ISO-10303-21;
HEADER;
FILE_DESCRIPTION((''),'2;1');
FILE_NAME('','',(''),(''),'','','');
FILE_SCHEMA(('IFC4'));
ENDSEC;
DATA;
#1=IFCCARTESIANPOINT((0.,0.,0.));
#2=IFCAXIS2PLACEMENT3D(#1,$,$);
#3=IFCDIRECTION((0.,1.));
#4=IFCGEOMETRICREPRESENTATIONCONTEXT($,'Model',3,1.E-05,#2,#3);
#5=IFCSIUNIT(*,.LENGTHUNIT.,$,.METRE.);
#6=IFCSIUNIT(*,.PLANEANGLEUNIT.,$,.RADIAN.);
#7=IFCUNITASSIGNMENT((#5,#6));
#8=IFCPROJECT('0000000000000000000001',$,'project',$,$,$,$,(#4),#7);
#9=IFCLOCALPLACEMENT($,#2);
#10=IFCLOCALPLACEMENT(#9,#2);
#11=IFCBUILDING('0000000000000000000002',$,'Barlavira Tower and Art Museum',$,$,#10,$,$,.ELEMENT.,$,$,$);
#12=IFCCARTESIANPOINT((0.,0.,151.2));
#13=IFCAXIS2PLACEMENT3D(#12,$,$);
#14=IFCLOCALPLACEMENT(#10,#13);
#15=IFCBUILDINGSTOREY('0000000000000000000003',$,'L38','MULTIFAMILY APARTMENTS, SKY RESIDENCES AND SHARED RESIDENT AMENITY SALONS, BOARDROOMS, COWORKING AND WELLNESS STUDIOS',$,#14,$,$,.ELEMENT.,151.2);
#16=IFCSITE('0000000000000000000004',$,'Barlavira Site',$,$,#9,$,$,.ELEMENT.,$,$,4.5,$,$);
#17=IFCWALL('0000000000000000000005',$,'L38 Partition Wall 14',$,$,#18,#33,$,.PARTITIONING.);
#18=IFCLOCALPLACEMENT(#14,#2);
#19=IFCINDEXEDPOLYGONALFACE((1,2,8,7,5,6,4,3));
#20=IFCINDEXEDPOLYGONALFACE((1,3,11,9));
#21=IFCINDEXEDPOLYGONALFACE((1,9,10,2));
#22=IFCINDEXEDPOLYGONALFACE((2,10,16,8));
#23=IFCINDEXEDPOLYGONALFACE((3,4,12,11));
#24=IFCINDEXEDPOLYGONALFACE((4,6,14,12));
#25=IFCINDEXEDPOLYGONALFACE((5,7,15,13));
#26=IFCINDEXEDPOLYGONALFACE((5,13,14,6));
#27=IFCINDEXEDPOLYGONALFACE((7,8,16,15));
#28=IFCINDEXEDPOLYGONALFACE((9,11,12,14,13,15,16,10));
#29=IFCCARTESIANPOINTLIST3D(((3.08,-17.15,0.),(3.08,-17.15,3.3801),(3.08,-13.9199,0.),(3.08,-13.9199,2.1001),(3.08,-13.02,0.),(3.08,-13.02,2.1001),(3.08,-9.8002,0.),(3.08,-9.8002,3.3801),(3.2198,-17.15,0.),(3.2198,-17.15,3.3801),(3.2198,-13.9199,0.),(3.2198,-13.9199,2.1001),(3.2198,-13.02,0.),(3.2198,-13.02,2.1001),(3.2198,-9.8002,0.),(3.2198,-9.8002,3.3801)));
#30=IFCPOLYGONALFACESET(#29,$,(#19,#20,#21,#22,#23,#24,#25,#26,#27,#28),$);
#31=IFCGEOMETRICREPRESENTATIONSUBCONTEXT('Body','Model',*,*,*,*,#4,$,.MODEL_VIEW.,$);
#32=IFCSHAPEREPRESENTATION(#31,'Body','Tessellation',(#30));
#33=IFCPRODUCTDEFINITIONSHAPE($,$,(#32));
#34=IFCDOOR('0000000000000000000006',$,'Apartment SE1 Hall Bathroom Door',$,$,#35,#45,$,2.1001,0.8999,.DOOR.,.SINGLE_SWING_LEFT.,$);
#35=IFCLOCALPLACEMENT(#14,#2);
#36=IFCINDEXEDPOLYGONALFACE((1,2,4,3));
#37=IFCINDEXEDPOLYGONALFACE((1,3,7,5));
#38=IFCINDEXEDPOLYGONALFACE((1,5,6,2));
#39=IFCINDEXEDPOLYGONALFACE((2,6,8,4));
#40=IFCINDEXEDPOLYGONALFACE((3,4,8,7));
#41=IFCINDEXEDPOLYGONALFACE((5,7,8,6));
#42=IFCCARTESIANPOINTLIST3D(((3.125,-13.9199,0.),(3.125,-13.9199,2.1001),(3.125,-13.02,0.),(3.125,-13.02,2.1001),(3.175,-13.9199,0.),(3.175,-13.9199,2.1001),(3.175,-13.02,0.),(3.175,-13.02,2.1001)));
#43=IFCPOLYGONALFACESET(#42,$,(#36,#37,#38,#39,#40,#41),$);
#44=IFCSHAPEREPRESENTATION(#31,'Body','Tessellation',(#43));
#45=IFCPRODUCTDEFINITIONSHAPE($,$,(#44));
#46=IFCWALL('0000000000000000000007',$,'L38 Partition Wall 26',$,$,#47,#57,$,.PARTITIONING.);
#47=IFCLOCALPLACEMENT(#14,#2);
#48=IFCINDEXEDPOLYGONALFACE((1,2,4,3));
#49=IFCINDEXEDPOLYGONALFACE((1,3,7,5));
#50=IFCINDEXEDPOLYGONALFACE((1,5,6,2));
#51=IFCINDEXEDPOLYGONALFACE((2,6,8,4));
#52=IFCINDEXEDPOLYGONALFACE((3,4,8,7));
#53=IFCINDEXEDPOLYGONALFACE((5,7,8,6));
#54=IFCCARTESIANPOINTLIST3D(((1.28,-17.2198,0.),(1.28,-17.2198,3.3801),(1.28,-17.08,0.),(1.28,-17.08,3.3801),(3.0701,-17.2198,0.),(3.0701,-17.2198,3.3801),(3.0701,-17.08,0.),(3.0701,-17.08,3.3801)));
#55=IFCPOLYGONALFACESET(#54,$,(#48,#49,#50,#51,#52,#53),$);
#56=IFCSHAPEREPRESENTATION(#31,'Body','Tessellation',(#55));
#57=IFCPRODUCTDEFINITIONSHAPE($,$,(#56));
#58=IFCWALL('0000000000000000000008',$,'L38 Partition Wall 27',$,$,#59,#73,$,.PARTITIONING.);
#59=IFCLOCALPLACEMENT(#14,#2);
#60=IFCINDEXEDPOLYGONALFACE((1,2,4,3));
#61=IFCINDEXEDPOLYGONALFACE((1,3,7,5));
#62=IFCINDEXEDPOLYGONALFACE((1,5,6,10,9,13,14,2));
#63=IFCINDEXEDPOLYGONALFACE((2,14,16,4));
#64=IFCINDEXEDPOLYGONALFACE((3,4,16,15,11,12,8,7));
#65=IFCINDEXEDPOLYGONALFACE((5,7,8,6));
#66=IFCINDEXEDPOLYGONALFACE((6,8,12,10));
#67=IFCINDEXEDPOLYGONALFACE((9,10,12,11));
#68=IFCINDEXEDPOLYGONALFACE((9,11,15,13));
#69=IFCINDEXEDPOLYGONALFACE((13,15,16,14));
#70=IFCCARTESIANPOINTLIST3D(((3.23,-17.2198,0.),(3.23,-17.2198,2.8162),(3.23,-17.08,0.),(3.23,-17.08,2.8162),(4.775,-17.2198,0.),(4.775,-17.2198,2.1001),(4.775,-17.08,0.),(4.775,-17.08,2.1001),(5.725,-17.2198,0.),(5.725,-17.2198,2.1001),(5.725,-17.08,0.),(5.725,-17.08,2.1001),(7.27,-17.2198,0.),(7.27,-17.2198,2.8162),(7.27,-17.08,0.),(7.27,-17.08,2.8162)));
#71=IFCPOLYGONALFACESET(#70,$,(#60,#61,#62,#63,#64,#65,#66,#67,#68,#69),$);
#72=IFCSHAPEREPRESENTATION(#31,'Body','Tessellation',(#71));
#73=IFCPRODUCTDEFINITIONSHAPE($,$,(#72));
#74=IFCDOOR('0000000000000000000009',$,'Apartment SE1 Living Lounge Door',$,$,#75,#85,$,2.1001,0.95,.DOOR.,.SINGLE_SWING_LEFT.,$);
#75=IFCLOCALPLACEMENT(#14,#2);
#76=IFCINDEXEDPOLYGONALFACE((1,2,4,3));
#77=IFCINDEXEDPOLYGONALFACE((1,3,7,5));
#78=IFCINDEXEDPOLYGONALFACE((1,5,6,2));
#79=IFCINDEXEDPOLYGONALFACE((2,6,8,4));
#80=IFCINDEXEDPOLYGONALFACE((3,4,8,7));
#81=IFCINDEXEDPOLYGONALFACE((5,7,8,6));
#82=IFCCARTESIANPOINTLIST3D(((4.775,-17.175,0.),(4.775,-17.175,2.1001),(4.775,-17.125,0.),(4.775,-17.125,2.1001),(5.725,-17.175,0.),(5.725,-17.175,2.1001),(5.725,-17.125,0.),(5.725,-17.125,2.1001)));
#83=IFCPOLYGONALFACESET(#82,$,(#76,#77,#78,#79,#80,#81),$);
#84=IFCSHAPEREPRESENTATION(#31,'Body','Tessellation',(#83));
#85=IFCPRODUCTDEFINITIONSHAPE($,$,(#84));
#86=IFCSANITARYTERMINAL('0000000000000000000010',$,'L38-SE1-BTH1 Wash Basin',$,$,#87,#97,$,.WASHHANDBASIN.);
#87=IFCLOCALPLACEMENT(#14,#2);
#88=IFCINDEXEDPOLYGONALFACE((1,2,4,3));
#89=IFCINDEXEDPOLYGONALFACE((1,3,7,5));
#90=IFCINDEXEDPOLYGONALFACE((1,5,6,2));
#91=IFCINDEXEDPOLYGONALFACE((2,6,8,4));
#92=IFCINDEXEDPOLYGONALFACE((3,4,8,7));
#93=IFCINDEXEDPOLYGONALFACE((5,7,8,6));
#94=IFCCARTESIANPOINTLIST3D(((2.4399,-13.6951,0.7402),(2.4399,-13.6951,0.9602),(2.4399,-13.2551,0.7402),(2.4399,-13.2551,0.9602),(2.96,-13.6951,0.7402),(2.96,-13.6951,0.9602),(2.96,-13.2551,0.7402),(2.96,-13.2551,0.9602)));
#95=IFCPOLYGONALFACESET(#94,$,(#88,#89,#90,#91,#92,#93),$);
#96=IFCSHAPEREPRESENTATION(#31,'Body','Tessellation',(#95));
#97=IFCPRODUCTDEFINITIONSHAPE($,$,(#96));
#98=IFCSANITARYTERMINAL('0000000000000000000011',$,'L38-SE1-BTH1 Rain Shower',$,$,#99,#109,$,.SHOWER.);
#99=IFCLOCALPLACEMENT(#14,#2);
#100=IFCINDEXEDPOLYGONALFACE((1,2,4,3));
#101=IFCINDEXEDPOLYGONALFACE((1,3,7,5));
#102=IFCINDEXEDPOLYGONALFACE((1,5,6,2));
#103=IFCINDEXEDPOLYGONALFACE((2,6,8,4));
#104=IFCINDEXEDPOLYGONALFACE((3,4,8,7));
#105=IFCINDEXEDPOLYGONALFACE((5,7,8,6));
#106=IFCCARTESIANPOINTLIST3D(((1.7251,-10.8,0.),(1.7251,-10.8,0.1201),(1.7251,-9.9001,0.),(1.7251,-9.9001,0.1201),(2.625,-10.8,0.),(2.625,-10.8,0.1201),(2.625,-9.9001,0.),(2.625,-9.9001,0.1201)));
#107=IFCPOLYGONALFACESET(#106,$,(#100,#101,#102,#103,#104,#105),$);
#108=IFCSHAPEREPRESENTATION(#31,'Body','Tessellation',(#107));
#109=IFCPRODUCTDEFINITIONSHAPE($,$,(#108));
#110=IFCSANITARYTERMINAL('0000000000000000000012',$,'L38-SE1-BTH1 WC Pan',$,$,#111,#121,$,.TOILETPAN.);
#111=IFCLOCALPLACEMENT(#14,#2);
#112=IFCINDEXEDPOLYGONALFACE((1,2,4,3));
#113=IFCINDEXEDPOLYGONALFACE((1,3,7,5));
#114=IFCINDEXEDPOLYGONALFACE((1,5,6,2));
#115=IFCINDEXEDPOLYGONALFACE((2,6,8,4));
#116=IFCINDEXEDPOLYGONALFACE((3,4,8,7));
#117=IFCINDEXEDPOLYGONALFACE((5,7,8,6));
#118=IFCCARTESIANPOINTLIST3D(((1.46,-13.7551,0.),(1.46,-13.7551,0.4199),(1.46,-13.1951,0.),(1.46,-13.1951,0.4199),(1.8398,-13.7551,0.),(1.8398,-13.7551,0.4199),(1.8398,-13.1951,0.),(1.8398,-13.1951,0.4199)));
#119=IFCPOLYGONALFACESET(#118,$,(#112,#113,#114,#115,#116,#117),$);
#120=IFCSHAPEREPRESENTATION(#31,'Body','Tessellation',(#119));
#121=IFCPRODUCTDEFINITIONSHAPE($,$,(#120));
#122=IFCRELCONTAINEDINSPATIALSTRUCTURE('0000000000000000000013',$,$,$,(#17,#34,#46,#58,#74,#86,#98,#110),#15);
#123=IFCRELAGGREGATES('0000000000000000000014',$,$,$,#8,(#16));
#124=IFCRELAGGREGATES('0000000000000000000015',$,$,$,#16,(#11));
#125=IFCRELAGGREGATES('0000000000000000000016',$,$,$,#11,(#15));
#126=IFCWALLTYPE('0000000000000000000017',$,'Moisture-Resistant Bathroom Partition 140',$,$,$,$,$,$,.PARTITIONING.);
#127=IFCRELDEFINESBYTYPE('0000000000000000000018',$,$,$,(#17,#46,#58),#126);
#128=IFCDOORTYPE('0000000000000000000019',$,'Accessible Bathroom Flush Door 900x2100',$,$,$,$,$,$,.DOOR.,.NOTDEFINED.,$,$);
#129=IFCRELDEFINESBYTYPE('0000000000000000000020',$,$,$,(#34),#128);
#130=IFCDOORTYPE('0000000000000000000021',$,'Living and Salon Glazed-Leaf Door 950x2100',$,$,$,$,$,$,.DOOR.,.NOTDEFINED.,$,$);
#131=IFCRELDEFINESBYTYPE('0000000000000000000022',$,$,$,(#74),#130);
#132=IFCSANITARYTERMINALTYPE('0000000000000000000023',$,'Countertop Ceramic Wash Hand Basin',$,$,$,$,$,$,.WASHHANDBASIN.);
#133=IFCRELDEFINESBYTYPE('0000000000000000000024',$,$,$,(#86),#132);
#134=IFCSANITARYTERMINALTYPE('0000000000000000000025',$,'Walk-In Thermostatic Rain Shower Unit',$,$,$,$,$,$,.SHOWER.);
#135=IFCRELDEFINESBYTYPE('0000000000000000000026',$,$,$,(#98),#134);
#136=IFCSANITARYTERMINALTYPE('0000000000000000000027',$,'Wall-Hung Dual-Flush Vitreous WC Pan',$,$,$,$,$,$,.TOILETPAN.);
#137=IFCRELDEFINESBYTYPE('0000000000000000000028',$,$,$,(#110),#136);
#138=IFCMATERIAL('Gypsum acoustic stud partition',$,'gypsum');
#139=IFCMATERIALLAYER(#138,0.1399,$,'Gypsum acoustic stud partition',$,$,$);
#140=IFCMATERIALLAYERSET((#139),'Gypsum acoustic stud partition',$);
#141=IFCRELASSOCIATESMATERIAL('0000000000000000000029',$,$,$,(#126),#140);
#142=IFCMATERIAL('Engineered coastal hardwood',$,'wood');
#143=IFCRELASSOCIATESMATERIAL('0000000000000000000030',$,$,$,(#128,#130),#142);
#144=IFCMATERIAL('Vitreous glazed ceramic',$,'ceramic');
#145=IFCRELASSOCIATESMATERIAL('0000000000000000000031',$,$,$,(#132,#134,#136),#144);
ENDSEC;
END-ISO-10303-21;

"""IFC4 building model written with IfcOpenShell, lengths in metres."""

from ifc_helpers import new_model, si_unit, direction, frame, frame_2d, origin, origin_2d, place, context, subcontext, project, spatial, rectangle, extrude, material, layer, layer_set, type_object, element, fill, save


model = new_model("IFC4")

# Units and contexts
model_context = context("Model", 3, precision=1e-05, world=origin(), true_north=direction((0.0, 1.0)))
body_context = subcontext(model_context, "Body", "Model", "MODEL_VIEW")
ifc_project = project(units=[si_unit("LENGTHUNIT", "METRE"), si_unit("PLANEANGLEUNIT", "RADIAN")], contexts=[model_context])

# Site, building, storey
site_placement = place(None, origin())
site = spatial("IfcSite", under=ifc_project, at=site_placement, Name="Barlavira Site", CompositionType="ELEMENT", RefElevation=4.5)
building_placement = place(site_placement, origin())
building = spatial("IfcBuilding", under=site, at=building_placement, Name="Barlavira Tower and Art Museum", CompositionType="ELEMENT")
storey_placement = place(building_placement, frame((0.0, 0.0, 151.2)))
storey = spatial("IfcBuildingStorey", under=building, at=storey_placement, Name="L38", Description="MULTIFAMILY APARTMENTS, SKY RESIDENCES AND SHARED RESIDENT AMENITY SALONS, BOARDROOMS, COWORKING AND WELLNESS STUDIOS", CompositionType="ELEMENT", Elevation=151.2)

# Shared definitions
ifc_material_1 = material(Name="Gypsum acoustic stud partition", Category="gypsum")

# Wall, opening, door
ifc_layer_1 = layer(ifc_material_1, 0.1399, Name="Gypsum acoustic stud partition")
ifc_layer_set_1 = layer_set([ifc_layer_1], Name="Gypsum acoustic stud partition")
wall_type_1 = type_object("IfcWallType", Name="Moisture-Resistant Bathroom Partition 140", PredefinedType="PARTITIONING", material=ifc_layer_set_1)
wall_1_placement = place(storey_placement, frame((3.1499, -17.1499, 0.0), z_axis=(0.0, 0.0, 1.0), x_axis=(0.0, 1.0, 0.0)))
wall_1 = element("IfcWall", 1, at=wall_1_placement, inside=storey, type_object=wall_type_1, Name="L38 Partition Wall 14", PredefinedType="PARTITIONING", context=body_context, shape_type="SweptSolid", body=[
    extrude(rectangle(XDim=7.3499, YDim=0.1399, at=frame_2d((3.6748, 0.0))), origin(), (0.0, 0.0, 1.0), 3.3801),
])
opening_1_placement = place(wall_1_placement, frame((3.23, 0.0, 0.0)))
opening_1 = element("IfcOpeningElement", 2, at=opening_1_placement, cuts=wall_1, PredefinedType="OPENING", context=body_context, shape_type="SweptSolid", body=[
    extrude(rectangle(XDim=0.8999, YDim=2.1001, at=frame_2d((0.45, 1.05))), frame((0.0, 0.0801, 0.0), z_axis=(0.0, -1.0, 0.0), x_axis=(1.0, 0.0, 0.0)), (0.0, 0.0, 1.0), 0.1599),
])
ifc_material_2 = material(Name="Engineered coastal hardwood", Category="wood")
door_type_1 = type_object("IfcDoorType", Name="Accessible Bathroom Flush Door 900x2100", OperationType="NOTDEFINED", PredefinedType="DOOR", material=ifc_material_2)
door_1_placement = place(opening_1_placement, origin())
door_1 = element("IfcDoor", 3, at=door_1_placement, inside=storey, type_object=door_type_1, Name="Apartment SE1 Hall Bathroom Door", OperationType="SINGLE_SWING_LEFT", OverallHeight=2.1001, OverallWidth=0.8999, PredefinedType="DOOR", context=body_context, shape_type="SweptSolid", body=[
    extrude(rectangle(XDim=0.8999, YDim=2.1001, at=frame_2d((0.45, 1.05))), frame((0.0, 0.0249, 0.0), z_axis=(0.0, -1.0, 0.0), x_axis=(1.0, 0.0, 0.0)), (0.0, 0.0, 1.0), 0.05),
])
fill(opening_1, door_1)

# Wall
wall_2_placement = place(storey_placement, frame((1.28, -17.1499, 0.0), z_axis=(0.0, 0.0, 1.0), x_axis=(1.0, 0.0, 0.0)))
element("IfcWall", 4, at=wall_2_placement, inside=storey, type_object=wall_type_1, Name="L38 Partition Wall 26", PredefinedType="PARTITIONING", context=body_context, shape_type="SweptSolid", body=[
    extrude(rectangle(XDim=1.79, YDim=0.1399, at=frame_2d((0.895, 0.0))), origin(), (0.0, 0.0, 1.0), 3.3801),
])

# Wall, opening, door
wall_3_placement = place(storey_placement, frame((3.23, -17.1499, 0.0), z_axis=(0.0, 0.0, 1.0), x_axis=(1.0, 0.0, 0.0)))
wall_3 = element("IfcWall", 5, at=wall_3_placement, inside=storey, type_object=wall_type_1, Name="L38 Partition Wall 27", PredefinedType="PARTITIONING", context=body_context, shape_type="SweptSolid", body=[
    extrude(rectangle(XDim=4.04, YDim=0.1399, at=frame_2d((2.02, 0.0))), origin(), (0.0, 0.0, 1.0), 2.8162),
])
opening_2_placement = place(wall_3_placement, frame((1.5449, 0.0, 0.0)))
opening_2 = element("IfcOpeningElement", 6, at=opening_2_placement, cuts=wall_3, PredefinedType="OPENING", context=body_context, shape_type="SweptSolid", body=[
    extrude(rectangle(XDim=0.95, YDim=2.1001, at=frame_2d((0.4751, 1.05))), frame((0.0, 0.0801, 0.0), z_axis=(0.0, -1.0, 0.0), x_axis=(1.0, 0.0, 0.0)), (0.0, 0.0, 1.0), 0.1599),
])
door_type_2 = type_object("IfcDoorType", Name="Living and Salon Glazed-Leaf Door 950x2100", OperationType="NOTDEFINED", PredefinedType="DOOR", material=ifc_material_2)
door_2_placement = place(opening_2_placement, origin())
door_2 = element("IfcDoor", 7, at=door_2_placement, inside=storey, type_object=door_type_2, Name="Apartment SE1 Living Lounge Door", OperationType="SINGLE_SWING_LEFT", OverallHeight=2.1001, OverallWidth=0.95, PredefinedType="DOOR", context=body_context, shape_type="SweptSolid", body=[
    extrude(rectangle(XDim=0.95, YDim=2.1001, at=frame_2d((0.4751, 1.05))), frame((0.0, 0.0249, 0.0), z_axis=(0.0, -1.0, 0.0), x_axis=(1.0, 0.0, 0.0)), (0.0, 0.0, 1.0), 0.05),
])
fill(opening_2, door_2)

# Sanitary terminals
ifc_material_3 = material(Name="Vitreous glazed ceramic", Category="ceramic")
sanitary_terminal_type_1 = type_object("IfcSanitaryTerminalType", Name="Countertop Ceramic Wash Hand Basin", PredefinedType="WASHHANDBASIN", material=ifc_material_3)
sanitary_terminal_1_placement = place(storey_placement, frame((2.7, -13.4751, 0.7402), z_axis=(0.0, 0.0, 1.0), x_axis=(1.0, 0.0, 0.0)))
element("IfcSanitaryTerminal", 8, at=sanitary_terminal_1_placement, inside=storey, type_object=sanitary_terminal_type_1, Name="L38-SE1-BTH1 Wash Basin", PredefinedType="WASHHANDBASIN", context=body_context, shape_type="SweptSolid", body=[
    extrude(rectangle(XDim=0.52, YDim=0.4399, at=origin_2d()), origin(), (0.0, 0.0, 1.0), 0.22),
])
sanitary_terminal_type_2 = type_object("IfcSanitaryTerminalType", Name="Walk-In Thermostatic Rain Shower Unit", PredefinedType="SHOWER", material=ifc_material_3)
sanitary_terminal_2_placement = place(storey_placement, frame((2.175, -10.3501, 0.0), z_axis=(0.0, 0.0, 1.0), x_axis=(1.0, 0.0, 0.0)))
element("IfcSanitaryTerminal", 9, at=sanitary_terminal_2_placement, inside=storey, type_object=sanitary_terminal_type_2, Name="L38-SE1-BTH1 Rain Shower", PredefinedType="SHOWER", context=body_context, shape_type="SweptSolid", body=[
    extrude(rectangle(XDim=0.8999, YDim=0.8999, at=origin_2d()), origin(), (0.0, 0.0, 1.0), 0.1201),
])
sanitary_terminal_type_3 = type_object("IfcSanitaryTerminalType", Name="Wall-Hung Dual-Flush Vitreous WC Pan", PredefinedType="TOILETPAN", material=ifc_material_3)
sanitary_terminal_3_placement = place(storey_placement, frame((1.6499, -13.4751, 0.0), z_axis=(0.0, 0.0, 1.0), x_axis=(1.0, 0.0, 0.0)))
element("IfcSanitaryTerminal", 10, at=sanitary_terminal_3_placement, inside=storey, type_object=sanitary_terminal_type_3, Name="L38-SE1-BTH1 WC Pan", PredefinedType="TOILETPAN", context=body_context, shape_type="SweptSolid", body=[
    extrude(rectangle(XDim=0.3799, YDim=0.5601, at=origin_2d()), origin(), (0.0, 0.0, 1.0), 0.4199),
])

save(model, "model.ifc")
